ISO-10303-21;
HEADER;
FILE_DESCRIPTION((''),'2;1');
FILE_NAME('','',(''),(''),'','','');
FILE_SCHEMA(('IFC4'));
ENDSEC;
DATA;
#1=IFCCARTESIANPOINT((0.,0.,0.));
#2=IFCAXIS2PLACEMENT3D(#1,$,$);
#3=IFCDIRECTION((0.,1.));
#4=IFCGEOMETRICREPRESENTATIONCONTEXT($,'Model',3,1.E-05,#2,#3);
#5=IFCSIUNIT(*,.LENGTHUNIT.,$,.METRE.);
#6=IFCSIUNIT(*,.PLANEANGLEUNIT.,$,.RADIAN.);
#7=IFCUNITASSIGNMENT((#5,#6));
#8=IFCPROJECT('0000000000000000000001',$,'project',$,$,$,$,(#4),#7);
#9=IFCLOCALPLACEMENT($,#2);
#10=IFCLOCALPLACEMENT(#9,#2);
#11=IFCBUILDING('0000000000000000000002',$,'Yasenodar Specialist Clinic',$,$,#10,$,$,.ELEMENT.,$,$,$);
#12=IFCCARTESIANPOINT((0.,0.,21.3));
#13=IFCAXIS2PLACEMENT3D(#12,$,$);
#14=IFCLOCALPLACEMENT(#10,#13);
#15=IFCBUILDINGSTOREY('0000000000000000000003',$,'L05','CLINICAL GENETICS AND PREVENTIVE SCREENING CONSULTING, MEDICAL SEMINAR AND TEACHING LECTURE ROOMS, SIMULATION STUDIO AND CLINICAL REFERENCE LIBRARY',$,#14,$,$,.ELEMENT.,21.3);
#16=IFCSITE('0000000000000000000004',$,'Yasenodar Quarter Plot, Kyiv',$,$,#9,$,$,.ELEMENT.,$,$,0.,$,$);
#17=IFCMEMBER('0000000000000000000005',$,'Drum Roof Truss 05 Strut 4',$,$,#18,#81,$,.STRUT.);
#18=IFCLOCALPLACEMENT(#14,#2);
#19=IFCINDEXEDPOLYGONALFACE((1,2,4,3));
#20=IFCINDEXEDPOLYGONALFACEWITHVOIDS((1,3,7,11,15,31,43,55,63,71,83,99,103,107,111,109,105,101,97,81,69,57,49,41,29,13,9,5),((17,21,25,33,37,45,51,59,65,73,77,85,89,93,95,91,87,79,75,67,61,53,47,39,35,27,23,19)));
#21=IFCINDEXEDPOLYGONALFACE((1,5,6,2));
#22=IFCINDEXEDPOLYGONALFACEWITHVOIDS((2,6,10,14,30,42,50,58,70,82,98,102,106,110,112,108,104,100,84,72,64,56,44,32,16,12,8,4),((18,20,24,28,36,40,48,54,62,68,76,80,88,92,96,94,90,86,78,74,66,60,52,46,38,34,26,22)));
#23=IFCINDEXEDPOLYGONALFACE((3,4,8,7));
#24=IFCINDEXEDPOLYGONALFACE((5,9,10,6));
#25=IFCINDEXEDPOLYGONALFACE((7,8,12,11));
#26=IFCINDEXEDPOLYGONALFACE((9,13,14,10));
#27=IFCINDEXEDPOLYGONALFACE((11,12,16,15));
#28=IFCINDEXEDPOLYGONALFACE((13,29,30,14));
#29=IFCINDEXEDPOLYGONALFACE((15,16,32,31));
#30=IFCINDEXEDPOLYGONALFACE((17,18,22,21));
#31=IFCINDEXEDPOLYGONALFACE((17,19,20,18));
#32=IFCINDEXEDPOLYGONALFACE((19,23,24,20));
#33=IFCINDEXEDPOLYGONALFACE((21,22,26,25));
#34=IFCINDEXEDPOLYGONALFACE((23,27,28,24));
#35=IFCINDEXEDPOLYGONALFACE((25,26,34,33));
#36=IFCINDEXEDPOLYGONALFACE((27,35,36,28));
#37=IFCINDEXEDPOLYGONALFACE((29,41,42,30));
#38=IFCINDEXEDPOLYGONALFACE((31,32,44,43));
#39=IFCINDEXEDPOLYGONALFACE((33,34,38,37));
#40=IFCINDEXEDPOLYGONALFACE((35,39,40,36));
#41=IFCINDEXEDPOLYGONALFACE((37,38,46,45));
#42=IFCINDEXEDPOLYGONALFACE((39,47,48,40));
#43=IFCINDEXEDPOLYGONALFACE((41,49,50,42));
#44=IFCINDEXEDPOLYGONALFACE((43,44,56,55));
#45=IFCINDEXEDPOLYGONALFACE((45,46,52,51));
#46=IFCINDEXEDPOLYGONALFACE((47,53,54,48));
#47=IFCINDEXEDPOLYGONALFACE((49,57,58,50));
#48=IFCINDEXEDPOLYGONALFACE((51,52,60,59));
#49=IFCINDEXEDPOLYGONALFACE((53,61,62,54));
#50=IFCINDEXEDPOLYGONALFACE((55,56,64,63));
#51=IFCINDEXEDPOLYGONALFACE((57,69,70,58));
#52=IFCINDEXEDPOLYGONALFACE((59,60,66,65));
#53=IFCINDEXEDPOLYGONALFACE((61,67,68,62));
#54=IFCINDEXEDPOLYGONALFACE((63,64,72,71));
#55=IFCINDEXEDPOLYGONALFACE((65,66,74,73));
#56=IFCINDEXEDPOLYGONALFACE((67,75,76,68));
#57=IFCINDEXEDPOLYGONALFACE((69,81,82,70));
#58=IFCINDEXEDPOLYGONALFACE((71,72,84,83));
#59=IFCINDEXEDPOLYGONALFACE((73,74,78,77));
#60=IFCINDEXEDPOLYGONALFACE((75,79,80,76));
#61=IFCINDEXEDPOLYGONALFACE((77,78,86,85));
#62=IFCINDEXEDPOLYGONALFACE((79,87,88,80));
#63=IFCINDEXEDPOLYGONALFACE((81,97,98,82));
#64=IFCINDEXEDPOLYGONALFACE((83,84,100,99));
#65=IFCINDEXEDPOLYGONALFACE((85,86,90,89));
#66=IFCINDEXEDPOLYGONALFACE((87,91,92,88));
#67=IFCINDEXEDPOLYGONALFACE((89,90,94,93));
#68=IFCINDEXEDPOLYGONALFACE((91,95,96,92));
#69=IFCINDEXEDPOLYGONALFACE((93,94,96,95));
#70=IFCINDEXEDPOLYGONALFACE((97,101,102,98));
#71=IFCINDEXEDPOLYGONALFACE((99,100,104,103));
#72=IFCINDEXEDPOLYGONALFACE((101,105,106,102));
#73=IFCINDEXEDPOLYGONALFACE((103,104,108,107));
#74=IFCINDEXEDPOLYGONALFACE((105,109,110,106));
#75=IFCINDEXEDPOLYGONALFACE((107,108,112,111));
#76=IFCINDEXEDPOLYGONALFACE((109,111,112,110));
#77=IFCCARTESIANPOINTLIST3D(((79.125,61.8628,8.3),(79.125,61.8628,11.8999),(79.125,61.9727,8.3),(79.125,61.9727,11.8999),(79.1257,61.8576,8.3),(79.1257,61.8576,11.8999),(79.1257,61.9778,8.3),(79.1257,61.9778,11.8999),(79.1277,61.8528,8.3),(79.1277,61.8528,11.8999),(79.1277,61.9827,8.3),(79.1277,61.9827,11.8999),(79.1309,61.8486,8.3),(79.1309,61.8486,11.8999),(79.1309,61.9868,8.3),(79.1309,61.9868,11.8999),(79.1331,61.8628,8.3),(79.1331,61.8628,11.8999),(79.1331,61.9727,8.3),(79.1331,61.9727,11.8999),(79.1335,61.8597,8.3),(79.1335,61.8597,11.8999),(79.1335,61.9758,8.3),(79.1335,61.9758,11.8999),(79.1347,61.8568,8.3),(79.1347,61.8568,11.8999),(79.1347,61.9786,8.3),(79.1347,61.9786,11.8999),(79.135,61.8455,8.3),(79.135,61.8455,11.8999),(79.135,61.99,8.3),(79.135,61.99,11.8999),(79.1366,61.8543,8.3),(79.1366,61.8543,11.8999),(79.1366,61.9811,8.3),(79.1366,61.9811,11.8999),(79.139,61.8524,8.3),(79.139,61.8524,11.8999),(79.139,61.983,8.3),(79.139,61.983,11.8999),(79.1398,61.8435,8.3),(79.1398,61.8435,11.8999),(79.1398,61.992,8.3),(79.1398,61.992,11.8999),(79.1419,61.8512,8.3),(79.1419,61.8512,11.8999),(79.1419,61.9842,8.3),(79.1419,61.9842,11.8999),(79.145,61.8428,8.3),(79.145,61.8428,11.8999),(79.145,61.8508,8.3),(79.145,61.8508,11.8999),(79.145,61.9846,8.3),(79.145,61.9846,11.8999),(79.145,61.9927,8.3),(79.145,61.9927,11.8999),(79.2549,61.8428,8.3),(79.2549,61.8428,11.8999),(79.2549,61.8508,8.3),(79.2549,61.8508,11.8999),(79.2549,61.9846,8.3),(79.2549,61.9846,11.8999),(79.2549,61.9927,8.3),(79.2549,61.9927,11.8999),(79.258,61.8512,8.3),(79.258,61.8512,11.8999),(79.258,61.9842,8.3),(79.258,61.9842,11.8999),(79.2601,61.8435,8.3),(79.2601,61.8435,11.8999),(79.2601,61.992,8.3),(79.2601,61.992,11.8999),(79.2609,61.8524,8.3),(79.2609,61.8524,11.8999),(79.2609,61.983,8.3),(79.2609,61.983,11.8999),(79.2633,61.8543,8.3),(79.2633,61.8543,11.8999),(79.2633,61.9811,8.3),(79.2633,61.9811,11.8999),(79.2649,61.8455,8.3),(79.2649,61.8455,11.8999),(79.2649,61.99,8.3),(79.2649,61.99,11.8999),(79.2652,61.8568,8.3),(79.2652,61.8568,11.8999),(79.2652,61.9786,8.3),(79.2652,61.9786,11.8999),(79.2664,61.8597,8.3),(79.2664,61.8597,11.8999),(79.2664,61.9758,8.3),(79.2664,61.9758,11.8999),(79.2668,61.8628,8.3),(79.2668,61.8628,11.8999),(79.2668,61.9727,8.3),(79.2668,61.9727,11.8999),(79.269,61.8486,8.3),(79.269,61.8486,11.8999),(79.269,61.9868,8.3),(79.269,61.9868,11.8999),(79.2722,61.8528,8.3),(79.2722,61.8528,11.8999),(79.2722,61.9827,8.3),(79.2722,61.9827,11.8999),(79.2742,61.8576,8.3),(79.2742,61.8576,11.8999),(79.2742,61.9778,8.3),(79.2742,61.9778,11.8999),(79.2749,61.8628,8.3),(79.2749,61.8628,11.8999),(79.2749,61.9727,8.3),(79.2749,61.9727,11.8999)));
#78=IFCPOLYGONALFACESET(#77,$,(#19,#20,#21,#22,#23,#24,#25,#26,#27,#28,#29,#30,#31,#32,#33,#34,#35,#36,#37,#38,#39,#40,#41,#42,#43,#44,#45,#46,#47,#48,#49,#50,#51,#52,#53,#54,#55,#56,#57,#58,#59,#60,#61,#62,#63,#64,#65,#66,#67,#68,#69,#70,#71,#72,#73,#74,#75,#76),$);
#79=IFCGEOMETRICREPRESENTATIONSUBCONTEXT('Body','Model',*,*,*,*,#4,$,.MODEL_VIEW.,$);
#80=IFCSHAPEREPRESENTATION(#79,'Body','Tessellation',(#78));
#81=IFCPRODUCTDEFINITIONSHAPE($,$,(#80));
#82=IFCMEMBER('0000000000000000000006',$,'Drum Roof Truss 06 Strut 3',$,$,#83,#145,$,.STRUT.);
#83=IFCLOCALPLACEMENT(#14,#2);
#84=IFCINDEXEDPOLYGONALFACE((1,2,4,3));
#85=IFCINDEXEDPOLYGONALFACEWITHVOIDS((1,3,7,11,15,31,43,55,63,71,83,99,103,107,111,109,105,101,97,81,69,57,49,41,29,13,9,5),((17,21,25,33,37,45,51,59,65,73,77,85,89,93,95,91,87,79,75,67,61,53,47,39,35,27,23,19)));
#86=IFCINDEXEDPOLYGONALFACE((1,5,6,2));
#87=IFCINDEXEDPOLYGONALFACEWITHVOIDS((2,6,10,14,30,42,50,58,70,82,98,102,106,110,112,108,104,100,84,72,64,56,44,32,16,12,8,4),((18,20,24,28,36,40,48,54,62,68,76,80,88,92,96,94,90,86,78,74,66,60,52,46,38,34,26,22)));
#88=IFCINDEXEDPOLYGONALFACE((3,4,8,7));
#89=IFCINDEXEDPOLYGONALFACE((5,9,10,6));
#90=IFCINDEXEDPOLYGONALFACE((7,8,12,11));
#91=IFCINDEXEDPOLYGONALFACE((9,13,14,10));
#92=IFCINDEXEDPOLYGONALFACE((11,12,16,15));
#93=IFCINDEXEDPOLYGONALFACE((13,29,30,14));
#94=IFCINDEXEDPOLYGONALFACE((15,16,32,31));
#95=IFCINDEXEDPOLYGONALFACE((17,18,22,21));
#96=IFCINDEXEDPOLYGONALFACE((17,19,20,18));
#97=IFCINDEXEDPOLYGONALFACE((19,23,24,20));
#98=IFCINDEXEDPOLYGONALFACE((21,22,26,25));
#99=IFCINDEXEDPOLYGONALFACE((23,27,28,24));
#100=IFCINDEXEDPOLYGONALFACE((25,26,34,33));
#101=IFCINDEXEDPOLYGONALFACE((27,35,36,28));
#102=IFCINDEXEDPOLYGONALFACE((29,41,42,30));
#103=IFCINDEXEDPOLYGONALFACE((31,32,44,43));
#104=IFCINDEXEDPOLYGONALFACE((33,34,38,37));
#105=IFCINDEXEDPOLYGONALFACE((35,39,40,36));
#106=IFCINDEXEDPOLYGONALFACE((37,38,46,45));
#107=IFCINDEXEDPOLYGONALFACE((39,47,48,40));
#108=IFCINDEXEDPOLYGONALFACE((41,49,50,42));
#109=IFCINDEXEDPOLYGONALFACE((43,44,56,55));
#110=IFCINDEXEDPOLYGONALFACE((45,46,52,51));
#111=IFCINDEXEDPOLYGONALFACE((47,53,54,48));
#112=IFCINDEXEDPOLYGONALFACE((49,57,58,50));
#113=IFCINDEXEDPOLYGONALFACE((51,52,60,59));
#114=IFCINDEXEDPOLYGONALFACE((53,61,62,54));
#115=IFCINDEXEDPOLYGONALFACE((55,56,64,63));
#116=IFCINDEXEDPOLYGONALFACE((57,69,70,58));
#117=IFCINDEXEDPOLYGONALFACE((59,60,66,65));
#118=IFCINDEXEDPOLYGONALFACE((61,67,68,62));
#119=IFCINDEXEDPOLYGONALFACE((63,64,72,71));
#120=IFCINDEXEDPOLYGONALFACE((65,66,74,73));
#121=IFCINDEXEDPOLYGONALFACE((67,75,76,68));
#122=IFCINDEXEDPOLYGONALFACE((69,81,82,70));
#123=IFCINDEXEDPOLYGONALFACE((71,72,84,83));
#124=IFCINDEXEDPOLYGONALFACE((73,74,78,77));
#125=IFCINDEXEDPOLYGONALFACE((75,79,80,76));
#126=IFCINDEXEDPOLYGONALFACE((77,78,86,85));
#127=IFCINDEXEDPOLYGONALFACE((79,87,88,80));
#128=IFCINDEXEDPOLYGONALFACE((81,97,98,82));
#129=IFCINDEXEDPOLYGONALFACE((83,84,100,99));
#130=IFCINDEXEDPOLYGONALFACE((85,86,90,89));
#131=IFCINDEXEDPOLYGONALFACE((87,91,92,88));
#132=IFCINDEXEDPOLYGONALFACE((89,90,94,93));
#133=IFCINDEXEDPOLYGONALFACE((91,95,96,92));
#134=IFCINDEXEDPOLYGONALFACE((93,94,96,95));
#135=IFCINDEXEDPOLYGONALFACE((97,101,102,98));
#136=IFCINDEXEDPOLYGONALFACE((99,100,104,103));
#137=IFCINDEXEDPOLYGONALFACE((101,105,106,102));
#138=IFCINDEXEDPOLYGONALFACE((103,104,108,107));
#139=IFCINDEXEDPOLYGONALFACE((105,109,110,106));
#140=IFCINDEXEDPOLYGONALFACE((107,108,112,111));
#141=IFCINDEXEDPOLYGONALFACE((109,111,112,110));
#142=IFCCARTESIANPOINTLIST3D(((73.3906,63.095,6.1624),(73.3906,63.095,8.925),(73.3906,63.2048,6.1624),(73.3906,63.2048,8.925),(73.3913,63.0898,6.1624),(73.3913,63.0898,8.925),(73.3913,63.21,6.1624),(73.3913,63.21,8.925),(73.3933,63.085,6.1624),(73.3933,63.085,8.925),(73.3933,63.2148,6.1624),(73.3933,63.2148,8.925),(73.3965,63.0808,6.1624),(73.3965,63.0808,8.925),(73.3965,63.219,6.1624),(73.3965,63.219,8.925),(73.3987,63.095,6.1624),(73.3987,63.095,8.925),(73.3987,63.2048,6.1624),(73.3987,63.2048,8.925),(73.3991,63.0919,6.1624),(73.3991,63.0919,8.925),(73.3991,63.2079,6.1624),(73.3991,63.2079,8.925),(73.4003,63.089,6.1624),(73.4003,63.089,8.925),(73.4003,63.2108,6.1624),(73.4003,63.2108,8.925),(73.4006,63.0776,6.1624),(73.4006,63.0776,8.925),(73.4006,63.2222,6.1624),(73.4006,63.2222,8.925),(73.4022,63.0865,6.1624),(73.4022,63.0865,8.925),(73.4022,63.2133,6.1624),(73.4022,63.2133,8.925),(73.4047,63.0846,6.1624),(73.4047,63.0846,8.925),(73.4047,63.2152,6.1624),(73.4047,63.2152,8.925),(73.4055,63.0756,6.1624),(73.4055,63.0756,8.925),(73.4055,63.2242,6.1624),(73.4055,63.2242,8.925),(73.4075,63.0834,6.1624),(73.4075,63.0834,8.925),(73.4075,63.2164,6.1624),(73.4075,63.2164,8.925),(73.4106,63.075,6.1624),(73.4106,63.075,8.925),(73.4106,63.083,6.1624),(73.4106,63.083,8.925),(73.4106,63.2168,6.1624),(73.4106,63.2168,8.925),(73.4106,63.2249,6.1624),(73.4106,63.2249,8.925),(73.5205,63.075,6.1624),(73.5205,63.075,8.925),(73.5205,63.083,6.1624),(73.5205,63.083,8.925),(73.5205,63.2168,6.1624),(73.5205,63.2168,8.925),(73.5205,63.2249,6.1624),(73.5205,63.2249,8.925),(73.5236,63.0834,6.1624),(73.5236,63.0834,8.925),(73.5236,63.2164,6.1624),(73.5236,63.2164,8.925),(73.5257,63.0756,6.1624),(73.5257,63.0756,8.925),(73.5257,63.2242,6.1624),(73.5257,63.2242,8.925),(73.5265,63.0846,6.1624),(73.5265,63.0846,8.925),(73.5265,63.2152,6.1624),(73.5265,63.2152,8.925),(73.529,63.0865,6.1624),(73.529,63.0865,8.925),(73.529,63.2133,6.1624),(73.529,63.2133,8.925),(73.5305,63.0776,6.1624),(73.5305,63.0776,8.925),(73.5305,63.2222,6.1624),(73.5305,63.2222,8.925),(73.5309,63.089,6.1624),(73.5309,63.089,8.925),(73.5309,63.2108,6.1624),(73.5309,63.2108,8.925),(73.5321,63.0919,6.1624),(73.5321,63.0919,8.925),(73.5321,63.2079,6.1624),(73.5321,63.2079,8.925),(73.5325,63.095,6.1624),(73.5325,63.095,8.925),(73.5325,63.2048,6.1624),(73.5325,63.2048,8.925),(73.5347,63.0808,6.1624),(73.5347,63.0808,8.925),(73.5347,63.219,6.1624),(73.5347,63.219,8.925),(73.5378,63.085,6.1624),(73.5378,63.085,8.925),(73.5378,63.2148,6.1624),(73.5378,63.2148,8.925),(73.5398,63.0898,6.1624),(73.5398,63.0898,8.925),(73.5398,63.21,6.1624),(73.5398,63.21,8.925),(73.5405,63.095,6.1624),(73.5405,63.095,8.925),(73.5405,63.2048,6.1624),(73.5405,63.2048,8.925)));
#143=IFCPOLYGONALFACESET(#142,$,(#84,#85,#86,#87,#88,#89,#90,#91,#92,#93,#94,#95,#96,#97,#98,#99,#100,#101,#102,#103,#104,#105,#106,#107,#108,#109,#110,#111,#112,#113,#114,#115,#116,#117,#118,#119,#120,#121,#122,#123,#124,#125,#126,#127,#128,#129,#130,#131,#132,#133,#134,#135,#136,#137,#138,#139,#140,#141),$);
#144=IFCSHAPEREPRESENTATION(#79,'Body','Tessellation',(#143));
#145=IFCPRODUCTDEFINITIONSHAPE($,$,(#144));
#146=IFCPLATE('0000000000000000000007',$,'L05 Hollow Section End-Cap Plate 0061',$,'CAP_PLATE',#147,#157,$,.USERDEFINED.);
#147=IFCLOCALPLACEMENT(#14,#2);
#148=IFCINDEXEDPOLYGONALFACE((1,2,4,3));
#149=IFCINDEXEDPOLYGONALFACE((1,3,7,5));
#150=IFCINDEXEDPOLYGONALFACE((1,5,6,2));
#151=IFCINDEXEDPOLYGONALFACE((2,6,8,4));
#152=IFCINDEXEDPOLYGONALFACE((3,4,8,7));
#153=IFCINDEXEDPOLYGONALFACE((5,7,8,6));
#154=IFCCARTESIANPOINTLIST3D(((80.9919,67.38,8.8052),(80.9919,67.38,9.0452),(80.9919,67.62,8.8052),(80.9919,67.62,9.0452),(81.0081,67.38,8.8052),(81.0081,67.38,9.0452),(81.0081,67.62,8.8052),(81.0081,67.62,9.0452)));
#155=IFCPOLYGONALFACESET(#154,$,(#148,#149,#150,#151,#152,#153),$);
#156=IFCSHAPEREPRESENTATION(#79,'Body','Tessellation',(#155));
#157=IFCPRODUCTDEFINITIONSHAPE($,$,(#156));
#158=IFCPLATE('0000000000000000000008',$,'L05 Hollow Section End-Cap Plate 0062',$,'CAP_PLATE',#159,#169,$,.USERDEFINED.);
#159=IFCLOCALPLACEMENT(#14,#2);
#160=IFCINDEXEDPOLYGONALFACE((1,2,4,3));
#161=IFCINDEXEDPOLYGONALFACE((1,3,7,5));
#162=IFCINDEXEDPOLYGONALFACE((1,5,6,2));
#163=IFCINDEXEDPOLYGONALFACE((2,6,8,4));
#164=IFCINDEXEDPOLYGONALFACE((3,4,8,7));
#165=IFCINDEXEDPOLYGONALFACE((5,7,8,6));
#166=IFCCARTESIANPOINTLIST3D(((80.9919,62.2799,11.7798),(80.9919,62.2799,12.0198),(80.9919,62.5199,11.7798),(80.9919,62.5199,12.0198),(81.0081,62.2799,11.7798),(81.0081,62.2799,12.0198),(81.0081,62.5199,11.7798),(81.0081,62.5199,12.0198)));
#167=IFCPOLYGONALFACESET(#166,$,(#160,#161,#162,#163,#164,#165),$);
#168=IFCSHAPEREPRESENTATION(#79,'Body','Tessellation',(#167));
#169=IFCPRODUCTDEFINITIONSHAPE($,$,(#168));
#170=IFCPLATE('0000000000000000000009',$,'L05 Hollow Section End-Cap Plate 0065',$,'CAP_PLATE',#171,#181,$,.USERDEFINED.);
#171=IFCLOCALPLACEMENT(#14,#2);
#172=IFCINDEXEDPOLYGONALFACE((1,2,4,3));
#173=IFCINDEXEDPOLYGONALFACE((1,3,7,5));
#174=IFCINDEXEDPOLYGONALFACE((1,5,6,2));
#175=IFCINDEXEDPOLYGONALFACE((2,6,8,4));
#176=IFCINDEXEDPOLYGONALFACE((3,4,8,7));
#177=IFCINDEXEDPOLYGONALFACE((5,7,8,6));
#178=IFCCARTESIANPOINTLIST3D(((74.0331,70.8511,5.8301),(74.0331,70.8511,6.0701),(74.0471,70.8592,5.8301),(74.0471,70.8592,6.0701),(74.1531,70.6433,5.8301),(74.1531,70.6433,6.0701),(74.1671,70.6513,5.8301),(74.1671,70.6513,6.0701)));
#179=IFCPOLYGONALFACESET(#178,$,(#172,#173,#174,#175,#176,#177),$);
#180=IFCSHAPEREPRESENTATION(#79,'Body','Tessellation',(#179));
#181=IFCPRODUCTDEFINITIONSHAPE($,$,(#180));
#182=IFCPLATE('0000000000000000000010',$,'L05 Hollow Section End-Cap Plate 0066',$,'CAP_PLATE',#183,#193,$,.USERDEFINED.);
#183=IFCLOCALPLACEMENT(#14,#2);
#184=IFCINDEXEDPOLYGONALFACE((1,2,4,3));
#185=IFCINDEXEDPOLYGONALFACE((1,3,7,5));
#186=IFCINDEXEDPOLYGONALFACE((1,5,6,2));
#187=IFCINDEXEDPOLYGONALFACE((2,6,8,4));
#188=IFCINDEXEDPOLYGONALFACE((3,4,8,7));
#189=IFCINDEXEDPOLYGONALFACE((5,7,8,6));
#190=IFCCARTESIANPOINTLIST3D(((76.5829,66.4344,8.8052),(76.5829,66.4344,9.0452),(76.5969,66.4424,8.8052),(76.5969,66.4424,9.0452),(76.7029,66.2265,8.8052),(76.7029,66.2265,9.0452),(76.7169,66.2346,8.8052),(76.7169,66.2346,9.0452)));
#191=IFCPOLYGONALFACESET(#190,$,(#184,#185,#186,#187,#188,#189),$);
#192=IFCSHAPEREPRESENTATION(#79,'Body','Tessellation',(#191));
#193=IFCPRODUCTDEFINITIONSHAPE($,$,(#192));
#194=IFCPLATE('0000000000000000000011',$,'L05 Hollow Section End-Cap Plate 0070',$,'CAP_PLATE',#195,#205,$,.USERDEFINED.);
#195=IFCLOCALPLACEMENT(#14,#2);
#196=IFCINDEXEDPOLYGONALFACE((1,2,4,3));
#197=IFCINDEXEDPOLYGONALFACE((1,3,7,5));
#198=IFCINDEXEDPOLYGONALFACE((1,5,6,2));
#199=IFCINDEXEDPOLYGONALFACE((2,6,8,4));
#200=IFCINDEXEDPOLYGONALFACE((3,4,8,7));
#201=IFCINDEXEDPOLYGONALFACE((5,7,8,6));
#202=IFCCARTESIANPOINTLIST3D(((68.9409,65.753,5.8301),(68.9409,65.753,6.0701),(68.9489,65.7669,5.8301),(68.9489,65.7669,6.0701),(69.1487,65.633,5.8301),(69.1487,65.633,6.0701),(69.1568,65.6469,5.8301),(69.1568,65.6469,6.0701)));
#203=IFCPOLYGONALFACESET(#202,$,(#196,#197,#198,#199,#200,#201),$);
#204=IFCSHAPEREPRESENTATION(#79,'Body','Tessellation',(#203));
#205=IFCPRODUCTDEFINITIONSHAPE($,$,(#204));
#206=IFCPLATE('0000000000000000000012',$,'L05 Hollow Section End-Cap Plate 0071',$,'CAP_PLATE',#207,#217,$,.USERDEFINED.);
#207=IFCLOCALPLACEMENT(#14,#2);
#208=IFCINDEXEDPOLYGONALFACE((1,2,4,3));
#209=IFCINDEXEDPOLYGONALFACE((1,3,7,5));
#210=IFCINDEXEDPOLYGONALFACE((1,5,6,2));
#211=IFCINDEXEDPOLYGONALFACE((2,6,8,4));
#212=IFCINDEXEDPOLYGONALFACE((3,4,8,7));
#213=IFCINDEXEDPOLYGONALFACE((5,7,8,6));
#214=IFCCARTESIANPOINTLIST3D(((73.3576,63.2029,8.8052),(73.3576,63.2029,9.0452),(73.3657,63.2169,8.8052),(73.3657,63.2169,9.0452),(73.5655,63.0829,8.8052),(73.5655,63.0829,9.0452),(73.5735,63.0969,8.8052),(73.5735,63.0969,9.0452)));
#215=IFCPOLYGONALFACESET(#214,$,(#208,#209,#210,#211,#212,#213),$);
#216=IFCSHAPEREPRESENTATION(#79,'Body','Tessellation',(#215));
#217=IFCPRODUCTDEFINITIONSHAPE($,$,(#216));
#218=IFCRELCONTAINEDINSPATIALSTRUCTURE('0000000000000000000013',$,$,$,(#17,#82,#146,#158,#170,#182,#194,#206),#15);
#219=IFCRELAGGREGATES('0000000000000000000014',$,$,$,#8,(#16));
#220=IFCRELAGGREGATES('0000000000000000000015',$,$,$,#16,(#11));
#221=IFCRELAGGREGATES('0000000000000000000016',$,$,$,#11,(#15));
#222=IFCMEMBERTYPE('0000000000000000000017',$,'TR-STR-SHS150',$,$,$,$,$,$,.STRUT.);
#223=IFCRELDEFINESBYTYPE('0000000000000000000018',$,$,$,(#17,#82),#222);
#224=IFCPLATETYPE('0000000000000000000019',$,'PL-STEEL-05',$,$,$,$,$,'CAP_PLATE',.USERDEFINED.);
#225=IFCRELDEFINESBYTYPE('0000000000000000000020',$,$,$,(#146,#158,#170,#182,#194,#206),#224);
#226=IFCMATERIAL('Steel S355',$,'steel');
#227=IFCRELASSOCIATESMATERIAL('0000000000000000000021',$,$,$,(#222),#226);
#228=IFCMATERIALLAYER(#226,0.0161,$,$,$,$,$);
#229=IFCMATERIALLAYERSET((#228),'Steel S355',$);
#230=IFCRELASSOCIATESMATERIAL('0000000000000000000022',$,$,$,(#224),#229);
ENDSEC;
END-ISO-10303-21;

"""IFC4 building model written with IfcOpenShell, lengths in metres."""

from ifc_helpers import new_model, si_unit, direction, frame, origin, origin_2d, place, context, subcontext, project, spatial, rectangle, hollow_rectangle, extrude, material, layer, layer_set, material_profile, profile_set, type_object, element, save


model = new_model("IFC4")

# Units and contexts
model_context = context("Model", 3, precision=1e-05, world=origin(), true_north=direction((0.0, 1.0)))
body_context = subcontext(model_context, "Body", "Model", "MODEL_VIEW")
ifc_project = project(units=[si_unit("LENGTHUNIT", "METRE"), si_unit("PLANEANGLEUNIT", "RADIAN")], contexts=[model_context])

# Site, building, storey
site_placement = place(None, origin())
site = spatial("IfcSite", under=ifc_project, at=site_placement, Name="Yasenodar Quarter Plot, Kyiv", CompositionType="ELEMENT", RefElevation=0.0)
building_placement = place(site_placement, origin())
building = spatial("IfcBuilding", under=site, at=building_placement, Name="Yasenodar Specialist Clinic", CompositionType="ELEMENT")
storey_placement = place(building_placement, frame((0.0, 0.0, 21.3)))
storey = spatial("IfcBuildingStorey", under=building, at=storey_placement, Name="L05", Description="CLINICAL GENETICS AND PREVENTIVE SCREENING CONSULTING, MEDICAL SEMINAR AND TEACHING LECTURE ROOMS, SIMULATION STUDIO AND CLINICAL REFERENCE LIBRARY", CompositionType="ELEMENT", Elevation=21.3)

# Shared definitions
ifc_material = material(Name="Steel S355", Category="steel")

# Members
ifc_material_profile_1 = material_profile(ifc_material, hollow_rectangle(XDim=0.1499, YDim=0.1499, WallThickness=0.0081, InnerFilletRadius=0.012, OuterFilletRadius=0.02, at=origin_2d()), Name="SHS 150x150x8")
ifc_profile_set_1 = profile_set([ifc_material_profile_1], Name="Steel S355")
member_type_1 = type_object("IfcMemberType", Name="TR-STR-SHS150", PredefinedType="STRUT", material=ifc_profile_set_1)
member_1_placement = place(storey_placement, frame((79.2, 61.9177, 8.3), z_axis=(0.0, 0.0, 1.0), x_axis=(1.0, 0.0, 0.0)))
element("IfcMember", 1, at=member_1_placement, inside=storey, type_object=member_type_1, Name="Drum Roof Truss 05 Strut 4", PredefinedType="STRUT", context=body_context, shape_type="SweptSolid", body=[
    extrude(hollow_rectangle(XDim=0.1499, YDim=0.1499, WallThickness=0.0081, InnerFilletRadius=0.012, OuterFilletRadius=0.02, at=origin_2d()), origin(), (0.0, 0.0, 1.0), 3.5999),
])
member_2_placement = place(storey_placement, frame((73.4656, 63.1499, 6.1624), z_axis=(0.0, 0.0, 1.0), x_axis=(1.0, 0.0, 0.0)))
element("IfcMember", 2, at=member_2_placement, inside=storey, type_object=member_type_1, Name="Drum Roof Truss 06 Strut 3", PredefinedType="STRUT", context=body_context, shape_type="SweptSolid", body=[
    extrude(hollow_rectangle(XDim=0.1499, YDim=0.1499, WallThickness=0.0081, InnerFilletRadius=0.012, OuterFilletRadius=0.02, at=origin_2d()), origin(), (0.0, 0.0, 1.0), 2.7627),
])

# Plates
ifc_layer = layer(ifc_material, 0.0161)
ifc_layer_set = layer_set([ifc_layer], Name="Steel S355")
plate_type = type_object("IfcPlateType", Name="PL-STEEL-05", ElementType="CAP_PLATE", PredefinedType="USERDEFINED", material=ifc_layer_set)
for number, where, z_axis, x_axis, name in (
    (3, (81.0, 67.5, 8.8052), (0.0, 0.0, 1.0), (0.0, 1.0, 0.0), "L05 Hollow Section End-Cap Plate 0061"),
    (4, (81.0, 62.3999, 11.7798), (0.0, 0.0, 1.0), (0.0, 1.0, 0.0), "L05 Hollow Section End-Cap Plate 0062"),
    (5, (74.1001, 70.7512, 5.8301), (0.0, 0.0, 1.0), (-0.5, 0.866025, 0.0), "L05 Hollow Section End-Cap Plate 0065"),
    (6, (76.6499, 66.3345, 8.8052), (0.0, 0.0, 1.0), (-0.5, 0.866025, 0.0), "L05 Hollow Section End-Cap Plate 0066"),
    (7, (69.0488, 65.7, 5.8301), (0.0, 0.0, 1.0), (-0.866025, 0.5, 0.0), "L05 Hollow Section End-Cap Plate 0070"),
    (8, (73.4656, 63.1499, 8.8052), (0.0, 0.0, 1.0), (-0.866025, 0.5, 0.0), "L05 Hollow Section End-Cap Plate 0071"),
):
    element("IfcPlate", number, at=place(storey_placement, frame(where, z_axis=z_axis, x_axis=x_axis)), inside=storey, type_object=plate_type, Name=name, ObjectType="CAP_PLATE", PredefinedType="USERDEFINED", context=body_context, shape_type="SweptSolid", body=[
        extrude(rectangle(XDim=0.24, YDim=0.0161, at=origin_2d()), origin(), (0.0, 0.0, 1.0), 0.24),
    ])

save(model, "model.ifc")
